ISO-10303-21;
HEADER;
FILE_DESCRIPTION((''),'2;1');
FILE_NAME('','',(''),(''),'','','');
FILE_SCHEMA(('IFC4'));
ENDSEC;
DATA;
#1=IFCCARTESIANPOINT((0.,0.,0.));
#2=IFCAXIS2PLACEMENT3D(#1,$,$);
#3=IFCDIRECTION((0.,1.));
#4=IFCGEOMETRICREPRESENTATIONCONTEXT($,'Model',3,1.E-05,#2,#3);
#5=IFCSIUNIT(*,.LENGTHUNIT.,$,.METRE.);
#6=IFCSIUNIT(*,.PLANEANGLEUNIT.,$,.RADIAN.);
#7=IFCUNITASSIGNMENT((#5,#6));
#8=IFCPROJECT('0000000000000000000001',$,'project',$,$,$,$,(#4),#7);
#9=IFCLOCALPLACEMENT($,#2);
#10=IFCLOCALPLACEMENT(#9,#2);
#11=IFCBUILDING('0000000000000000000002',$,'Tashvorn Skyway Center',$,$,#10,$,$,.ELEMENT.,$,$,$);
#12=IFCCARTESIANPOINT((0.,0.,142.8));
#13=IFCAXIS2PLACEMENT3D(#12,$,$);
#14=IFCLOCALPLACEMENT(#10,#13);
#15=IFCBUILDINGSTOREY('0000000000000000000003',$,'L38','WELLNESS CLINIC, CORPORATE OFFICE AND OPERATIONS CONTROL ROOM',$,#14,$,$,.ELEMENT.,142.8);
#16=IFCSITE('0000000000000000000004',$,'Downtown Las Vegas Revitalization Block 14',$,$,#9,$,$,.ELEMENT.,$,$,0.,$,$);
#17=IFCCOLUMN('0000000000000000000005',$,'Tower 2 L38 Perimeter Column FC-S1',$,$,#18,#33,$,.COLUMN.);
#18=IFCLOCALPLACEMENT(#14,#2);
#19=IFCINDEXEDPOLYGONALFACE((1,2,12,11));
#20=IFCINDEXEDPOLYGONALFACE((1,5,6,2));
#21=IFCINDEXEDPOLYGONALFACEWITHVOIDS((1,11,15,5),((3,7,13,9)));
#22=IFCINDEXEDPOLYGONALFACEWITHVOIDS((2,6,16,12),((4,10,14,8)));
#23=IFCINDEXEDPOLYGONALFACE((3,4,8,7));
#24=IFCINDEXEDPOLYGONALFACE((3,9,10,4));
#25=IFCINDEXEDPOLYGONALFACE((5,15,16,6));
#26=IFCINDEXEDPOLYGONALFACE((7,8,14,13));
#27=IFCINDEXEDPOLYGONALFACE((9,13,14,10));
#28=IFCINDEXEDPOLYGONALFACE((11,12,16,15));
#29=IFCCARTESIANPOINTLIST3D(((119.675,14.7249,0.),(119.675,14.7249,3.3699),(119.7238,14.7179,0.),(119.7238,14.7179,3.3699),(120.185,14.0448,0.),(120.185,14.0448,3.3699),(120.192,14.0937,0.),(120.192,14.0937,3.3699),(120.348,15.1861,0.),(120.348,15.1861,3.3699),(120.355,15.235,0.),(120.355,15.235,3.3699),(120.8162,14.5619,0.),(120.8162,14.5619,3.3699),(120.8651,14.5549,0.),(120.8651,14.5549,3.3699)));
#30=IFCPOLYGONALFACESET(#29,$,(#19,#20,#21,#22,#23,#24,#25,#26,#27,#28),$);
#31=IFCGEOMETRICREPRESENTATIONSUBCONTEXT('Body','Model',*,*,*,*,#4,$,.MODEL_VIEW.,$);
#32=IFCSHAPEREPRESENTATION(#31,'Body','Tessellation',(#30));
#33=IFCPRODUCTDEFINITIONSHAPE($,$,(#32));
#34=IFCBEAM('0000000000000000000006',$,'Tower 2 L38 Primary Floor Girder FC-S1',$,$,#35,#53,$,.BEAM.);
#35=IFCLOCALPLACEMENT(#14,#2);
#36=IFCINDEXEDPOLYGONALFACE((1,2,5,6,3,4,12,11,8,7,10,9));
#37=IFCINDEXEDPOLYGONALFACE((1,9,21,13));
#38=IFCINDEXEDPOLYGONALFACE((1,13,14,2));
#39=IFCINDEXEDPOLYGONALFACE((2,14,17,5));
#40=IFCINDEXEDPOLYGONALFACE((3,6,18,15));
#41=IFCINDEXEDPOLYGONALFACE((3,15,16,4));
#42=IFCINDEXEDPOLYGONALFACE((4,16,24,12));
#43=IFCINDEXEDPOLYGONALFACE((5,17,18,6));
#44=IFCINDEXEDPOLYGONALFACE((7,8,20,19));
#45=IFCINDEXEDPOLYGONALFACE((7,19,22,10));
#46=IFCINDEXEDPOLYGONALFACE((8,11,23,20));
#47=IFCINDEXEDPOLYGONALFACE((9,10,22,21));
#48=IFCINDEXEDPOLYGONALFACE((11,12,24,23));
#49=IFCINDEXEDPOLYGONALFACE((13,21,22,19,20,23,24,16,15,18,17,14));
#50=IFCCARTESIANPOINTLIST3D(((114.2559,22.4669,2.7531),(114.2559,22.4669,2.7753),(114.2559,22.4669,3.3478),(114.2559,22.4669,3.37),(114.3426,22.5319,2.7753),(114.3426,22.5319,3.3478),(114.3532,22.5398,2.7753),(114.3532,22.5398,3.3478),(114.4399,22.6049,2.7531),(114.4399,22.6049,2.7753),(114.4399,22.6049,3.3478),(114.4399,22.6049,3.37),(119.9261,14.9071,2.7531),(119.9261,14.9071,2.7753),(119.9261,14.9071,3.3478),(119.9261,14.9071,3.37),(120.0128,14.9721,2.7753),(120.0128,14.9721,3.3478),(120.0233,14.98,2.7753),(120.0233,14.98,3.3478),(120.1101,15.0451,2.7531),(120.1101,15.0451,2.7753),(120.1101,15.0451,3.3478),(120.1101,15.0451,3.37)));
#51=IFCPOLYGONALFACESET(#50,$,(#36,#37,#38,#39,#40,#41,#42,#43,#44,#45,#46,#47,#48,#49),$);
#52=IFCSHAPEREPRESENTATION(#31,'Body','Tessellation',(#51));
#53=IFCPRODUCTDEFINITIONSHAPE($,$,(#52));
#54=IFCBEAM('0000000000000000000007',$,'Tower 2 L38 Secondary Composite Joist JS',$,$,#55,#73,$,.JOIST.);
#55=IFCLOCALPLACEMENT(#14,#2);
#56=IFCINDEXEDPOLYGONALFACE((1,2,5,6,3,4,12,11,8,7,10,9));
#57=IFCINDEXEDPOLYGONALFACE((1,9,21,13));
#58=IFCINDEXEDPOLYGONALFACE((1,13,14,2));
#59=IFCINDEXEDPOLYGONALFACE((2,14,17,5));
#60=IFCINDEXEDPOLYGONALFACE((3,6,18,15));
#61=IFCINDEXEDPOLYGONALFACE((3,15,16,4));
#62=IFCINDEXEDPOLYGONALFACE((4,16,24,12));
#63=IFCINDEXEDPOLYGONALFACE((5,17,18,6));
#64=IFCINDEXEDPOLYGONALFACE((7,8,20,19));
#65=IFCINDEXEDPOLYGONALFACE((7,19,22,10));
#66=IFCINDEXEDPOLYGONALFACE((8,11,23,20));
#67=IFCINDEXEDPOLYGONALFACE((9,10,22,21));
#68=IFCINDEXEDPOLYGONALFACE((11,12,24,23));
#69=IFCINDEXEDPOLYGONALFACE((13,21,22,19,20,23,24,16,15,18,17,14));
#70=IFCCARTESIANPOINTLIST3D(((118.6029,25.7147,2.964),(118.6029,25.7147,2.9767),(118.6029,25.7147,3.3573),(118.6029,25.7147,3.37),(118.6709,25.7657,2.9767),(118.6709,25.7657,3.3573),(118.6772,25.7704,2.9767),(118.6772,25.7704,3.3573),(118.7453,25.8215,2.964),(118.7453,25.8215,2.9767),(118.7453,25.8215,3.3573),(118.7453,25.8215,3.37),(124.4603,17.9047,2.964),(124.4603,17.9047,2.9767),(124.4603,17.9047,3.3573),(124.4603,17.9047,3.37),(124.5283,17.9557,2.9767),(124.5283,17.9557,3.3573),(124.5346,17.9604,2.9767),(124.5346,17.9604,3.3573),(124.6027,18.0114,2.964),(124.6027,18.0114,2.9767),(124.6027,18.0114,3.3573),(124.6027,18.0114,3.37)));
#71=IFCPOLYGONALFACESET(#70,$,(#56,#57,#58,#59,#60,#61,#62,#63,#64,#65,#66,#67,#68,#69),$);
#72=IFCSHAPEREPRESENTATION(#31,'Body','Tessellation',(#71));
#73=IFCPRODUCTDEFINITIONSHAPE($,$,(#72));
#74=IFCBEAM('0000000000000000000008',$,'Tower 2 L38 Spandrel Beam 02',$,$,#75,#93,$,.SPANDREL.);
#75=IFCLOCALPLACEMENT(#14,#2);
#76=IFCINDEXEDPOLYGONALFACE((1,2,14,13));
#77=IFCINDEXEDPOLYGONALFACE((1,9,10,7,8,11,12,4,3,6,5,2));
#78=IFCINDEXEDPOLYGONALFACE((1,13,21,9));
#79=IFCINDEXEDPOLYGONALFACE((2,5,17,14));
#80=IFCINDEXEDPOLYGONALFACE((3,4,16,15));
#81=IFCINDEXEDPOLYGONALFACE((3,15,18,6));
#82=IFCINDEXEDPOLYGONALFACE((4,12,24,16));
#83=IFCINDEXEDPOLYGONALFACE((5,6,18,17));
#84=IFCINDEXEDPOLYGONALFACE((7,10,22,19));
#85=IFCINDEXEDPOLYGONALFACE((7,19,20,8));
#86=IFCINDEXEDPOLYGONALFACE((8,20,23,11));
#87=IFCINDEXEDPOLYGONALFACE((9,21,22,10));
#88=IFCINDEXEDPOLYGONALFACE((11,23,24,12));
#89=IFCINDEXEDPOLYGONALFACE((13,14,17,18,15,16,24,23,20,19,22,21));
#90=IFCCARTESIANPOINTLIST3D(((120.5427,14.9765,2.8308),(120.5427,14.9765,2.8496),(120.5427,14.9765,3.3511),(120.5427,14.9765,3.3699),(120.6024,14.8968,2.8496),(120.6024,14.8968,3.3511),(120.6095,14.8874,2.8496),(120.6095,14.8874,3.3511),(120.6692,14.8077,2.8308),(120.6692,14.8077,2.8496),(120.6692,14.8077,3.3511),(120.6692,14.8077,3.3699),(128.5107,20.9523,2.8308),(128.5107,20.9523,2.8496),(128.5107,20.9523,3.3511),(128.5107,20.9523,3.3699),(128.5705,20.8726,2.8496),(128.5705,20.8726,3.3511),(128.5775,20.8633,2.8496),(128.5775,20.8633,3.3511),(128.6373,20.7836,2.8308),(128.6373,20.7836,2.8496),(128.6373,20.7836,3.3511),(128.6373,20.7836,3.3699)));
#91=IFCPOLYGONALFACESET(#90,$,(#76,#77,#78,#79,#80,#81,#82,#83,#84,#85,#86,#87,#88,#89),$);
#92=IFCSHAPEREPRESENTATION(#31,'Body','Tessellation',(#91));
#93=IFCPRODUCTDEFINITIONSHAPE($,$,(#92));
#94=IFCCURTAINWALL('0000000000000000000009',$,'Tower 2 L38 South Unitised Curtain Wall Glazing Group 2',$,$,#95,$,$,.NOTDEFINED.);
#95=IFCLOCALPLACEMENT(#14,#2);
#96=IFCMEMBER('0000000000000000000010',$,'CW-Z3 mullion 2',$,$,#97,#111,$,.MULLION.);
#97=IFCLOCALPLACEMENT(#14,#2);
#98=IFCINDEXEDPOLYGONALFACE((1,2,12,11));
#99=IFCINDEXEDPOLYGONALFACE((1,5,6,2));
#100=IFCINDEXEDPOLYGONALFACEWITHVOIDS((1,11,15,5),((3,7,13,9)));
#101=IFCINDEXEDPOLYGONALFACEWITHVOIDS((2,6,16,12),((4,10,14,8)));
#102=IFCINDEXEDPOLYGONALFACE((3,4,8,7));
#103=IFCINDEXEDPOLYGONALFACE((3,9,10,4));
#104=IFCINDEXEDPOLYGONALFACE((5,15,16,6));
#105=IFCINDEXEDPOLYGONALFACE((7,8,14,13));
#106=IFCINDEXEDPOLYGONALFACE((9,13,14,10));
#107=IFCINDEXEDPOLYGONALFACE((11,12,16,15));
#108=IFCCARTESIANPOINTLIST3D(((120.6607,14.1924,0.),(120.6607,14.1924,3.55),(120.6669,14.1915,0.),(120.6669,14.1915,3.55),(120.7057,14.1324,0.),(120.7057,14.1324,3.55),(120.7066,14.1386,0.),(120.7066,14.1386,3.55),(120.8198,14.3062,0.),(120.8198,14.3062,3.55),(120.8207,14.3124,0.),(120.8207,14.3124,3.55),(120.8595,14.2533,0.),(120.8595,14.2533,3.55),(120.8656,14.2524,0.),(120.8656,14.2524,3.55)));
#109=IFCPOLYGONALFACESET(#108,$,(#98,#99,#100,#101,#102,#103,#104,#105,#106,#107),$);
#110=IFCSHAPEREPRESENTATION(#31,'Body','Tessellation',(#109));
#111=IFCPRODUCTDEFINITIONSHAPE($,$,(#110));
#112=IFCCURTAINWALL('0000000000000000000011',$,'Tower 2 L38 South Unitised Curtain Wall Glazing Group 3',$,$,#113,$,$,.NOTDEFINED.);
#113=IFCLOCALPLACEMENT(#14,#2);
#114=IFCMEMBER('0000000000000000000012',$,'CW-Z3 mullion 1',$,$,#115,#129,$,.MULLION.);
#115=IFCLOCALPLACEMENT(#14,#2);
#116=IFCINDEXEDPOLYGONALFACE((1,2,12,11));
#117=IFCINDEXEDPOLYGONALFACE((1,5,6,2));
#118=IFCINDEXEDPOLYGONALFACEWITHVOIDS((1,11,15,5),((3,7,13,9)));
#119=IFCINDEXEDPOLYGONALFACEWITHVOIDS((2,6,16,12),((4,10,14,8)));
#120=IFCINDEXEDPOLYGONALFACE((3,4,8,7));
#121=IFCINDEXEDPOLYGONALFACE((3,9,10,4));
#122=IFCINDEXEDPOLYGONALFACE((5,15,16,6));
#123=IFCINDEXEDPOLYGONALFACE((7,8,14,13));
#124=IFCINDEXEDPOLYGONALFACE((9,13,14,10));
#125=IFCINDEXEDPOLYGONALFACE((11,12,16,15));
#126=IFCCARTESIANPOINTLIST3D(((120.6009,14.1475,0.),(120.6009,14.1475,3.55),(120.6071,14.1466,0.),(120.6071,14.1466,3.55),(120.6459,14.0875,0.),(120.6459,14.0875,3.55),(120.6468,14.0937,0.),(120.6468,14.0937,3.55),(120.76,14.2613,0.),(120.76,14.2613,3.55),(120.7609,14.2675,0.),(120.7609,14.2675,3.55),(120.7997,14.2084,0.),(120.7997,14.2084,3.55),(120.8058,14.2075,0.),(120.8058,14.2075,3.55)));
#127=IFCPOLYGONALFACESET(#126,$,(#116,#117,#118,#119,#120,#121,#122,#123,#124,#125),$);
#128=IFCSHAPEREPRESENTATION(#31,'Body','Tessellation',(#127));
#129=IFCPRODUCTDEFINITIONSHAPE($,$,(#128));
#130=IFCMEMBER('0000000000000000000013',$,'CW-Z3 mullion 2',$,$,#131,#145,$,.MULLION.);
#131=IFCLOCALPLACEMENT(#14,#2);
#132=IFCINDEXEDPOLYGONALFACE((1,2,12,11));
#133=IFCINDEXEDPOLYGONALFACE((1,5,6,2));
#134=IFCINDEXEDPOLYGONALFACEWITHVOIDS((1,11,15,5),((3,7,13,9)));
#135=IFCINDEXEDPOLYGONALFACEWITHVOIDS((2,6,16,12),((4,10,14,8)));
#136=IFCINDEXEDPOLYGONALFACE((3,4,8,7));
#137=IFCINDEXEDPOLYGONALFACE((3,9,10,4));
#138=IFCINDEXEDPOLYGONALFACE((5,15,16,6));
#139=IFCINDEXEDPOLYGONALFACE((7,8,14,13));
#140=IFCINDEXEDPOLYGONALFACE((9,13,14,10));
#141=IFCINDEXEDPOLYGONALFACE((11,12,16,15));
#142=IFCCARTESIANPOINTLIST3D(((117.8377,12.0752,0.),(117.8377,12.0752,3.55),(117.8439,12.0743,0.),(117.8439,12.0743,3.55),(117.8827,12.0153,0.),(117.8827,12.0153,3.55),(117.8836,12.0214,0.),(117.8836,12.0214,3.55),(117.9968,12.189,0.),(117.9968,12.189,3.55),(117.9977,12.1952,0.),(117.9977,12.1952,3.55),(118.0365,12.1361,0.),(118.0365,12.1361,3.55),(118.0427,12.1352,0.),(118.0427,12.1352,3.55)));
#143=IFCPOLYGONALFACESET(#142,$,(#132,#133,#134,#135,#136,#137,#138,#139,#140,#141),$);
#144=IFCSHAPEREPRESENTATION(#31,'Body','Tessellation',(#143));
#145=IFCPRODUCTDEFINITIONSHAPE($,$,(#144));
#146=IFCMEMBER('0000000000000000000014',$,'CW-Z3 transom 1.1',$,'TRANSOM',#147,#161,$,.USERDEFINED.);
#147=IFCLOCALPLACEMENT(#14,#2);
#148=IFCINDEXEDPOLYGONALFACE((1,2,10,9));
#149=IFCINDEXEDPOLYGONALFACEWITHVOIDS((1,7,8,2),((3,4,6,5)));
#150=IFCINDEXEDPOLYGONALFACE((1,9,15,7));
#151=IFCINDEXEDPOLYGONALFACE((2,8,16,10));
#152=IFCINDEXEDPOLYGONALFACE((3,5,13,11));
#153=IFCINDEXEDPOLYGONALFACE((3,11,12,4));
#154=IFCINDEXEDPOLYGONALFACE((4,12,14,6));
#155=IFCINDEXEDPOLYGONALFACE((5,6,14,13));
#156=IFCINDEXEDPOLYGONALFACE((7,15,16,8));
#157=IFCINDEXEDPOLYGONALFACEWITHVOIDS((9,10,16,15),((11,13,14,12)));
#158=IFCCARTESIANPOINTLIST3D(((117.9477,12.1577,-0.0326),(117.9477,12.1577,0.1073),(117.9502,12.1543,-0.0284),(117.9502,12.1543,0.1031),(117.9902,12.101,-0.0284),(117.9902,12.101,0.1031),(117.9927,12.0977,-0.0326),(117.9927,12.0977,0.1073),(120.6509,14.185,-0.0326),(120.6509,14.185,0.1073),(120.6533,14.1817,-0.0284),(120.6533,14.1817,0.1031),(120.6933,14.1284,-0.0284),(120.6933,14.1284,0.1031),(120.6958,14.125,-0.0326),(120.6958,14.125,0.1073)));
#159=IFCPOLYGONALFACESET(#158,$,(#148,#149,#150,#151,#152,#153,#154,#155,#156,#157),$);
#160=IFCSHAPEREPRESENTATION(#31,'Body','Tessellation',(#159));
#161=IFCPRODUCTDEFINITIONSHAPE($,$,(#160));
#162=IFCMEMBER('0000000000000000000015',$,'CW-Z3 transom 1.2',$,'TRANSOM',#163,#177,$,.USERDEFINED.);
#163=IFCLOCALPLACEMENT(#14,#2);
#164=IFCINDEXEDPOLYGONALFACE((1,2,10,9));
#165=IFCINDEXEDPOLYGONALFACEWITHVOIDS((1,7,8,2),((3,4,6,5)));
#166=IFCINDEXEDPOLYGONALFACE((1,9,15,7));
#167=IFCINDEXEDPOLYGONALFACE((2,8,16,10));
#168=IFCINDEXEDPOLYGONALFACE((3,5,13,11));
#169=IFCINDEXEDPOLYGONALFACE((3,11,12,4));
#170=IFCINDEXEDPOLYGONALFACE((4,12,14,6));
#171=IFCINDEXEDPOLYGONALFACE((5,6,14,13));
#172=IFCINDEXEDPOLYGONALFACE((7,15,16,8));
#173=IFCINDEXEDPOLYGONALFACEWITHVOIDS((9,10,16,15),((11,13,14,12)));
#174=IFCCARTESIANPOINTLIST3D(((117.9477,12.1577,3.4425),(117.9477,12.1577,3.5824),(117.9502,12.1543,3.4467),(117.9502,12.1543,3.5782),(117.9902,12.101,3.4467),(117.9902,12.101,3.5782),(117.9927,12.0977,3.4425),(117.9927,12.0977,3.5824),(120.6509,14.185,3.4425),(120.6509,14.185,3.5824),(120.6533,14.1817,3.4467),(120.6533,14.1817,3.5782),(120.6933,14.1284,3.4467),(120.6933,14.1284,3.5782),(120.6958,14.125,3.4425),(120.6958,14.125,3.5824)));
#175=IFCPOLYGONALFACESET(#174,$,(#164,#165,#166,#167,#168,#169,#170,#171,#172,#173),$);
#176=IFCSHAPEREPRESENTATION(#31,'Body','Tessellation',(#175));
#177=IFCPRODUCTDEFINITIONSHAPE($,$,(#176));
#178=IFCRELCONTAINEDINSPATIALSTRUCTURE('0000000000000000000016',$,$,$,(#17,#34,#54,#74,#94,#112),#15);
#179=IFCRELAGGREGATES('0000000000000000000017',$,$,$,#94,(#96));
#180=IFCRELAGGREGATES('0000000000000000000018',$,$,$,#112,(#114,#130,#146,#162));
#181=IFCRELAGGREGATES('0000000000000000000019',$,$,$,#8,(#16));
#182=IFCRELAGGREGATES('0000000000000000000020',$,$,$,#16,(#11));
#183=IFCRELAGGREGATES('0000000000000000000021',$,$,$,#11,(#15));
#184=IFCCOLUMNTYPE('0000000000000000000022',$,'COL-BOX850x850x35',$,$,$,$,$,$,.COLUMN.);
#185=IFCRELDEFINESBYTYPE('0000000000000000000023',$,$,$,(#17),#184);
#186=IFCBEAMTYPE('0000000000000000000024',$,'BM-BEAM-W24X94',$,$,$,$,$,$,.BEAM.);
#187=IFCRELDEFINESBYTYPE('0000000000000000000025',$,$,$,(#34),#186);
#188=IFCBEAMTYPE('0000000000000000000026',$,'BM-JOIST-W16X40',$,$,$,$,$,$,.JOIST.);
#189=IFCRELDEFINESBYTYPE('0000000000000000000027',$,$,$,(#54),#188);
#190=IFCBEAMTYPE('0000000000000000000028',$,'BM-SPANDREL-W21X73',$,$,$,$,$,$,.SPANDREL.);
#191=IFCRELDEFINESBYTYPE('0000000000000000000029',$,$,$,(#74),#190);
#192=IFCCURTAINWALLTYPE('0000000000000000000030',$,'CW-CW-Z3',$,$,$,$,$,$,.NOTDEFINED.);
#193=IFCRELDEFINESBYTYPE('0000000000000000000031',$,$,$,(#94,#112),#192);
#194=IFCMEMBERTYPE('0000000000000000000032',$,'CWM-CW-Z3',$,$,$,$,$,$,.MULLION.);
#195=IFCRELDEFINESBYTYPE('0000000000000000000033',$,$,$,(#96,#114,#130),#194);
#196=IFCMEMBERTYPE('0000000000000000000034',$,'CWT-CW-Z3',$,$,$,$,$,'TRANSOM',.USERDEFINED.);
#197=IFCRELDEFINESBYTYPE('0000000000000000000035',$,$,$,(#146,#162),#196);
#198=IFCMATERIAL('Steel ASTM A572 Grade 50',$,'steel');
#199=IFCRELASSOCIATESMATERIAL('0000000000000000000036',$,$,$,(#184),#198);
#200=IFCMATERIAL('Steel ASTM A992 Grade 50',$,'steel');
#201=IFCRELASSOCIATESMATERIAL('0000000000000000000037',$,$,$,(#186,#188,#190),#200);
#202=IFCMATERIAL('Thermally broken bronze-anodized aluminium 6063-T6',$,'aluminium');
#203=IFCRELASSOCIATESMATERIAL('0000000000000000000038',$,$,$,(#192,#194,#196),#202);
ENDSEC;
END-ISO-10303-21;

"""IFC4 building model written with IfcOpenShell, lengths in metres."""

from ifc_helpers import new_model, si_unit, direction, frame, origin, origin_2d, place, context, subcontext, project, spatial, hollow_rectangle, i_section, extrude, material, material_profile, profile_set, type_object, element, aggregate, save


model = new_model("IFC4")

# Units and contexts
model_context = context("Model", 3, precision=1e-05, world=origin(), true_north=direction((0.0, 1.0)))
body_context = subcontext(model_context, "Body", "Model", "MODEL_VIEW")
ifc_project = project(units=[si_unit("LENGTHUNIT", "METRE"), si_unit("PLANEANGLEUNIT", "RADIAN")], contexts=[model_context])

# Site, building, storey
site_placement = place(None, origin())
site = spatial("IfcSite", under=ifc_project, at=site_placement, Name="Downtown Las Vegas Revitalization Block 14", CompositionType="ELEMENT", RefElevation=0.0)
building_placement = place(site_placement, origin())
building = spatial("IfcBuilding", under=site, at=building_placement, Name="Tashvorn Skyway Center", CompositionType="ELEMENT")
storey_placement = place(building_placement, frame((0.0, 0.0, 142.8)))
storey = spatial("IfcBuildingStorey", under=building, at=storey_placement, Name="L38", Description="WELLNESS CLINIC, CORPORATE OFFICE AND OPERATIONS CONTROL ROOM", CompositionType="ELEMENT", Elevation=142.8)

# Column
ifc_material_1 = material(Name="Steel ASTM A572 Grade 50", Category="steel")
ifc_material_profile_1 = material_profile(ifc_material_1, hollow_rectangle(XDim=0.8501, YDim=0.8501, WallThickness=0.0349, at=origin_2d()), Name="BOX850x850x35")
ifc_profile_set_1 = profile_set([ifc_material_profile_1], Name="Steel ASTM A572 Grade 50")
column_type = type_object("IfcColumnType", Name="COL-BOX850x850x35", PredefinedType="COLUMN", material=ifc_profile_set_1)
column_placement = place(storey_placement, frame((120.27, 14.6399, 0.0), z_axis=(0.0, 0.0, 1.0), x_axis=(0.8, 0.6, 0.0)))
element("IfcColumn", 1, at=column_placement, inside=storey, type_object=column_type, Name="Tower 2 L38 Perimeter Column FC-S1", PredefinedType="COLUMN", context=body_context, shape_type="SweptSolid", body=[
    extrude(hollow_rectangle(XDim=0.8501, YDim=0.8501, WallThickness=0.0349, at=origin_2d()), origin(), (0.0, 0.0, 1.0), 3.3699),
])

# Beams
ifc_material_2 = material(Name="Steel ASTM A992 Grade 50", Category="steel")
ifc_material_profile_2 = material_profile(ifc_material_2, i_section(OverallWidth=0.23, OverallDepth=0.6169, WebThickness=0.0132, FlangeThickness=0.0222, at=origin_2d()), Name="W24X94")
ifc_profile_set_2 = profile_set([ifc_material_profile_2], Name="Steel ASTM A992 Grade 50")
beam_type_1 = type_object("IfcBeamType", Name="BM-BEAM-W24X94", PredefinedType="BEAM", material=ifc_profile_set_2)
beam_1_placement = place(storey_placement, frame((120.0181, 14.9761, 3.0615), z_axis=(-0.600021, 0.799984, 0.0), x_axis=(-0.799984, -0.600021, 0.0)))
element("IfcBeam", 2, at=beam_1_placement, inside=storey, type_object=beam_type_1, Name="Tower 2 L38 Primary Floor Girder FC-S1", PredefinedType="BEAM", context=body_context, shape_type="SweptSolid", body=[
    extrude(i_section(OverallWidth=0.23, OverallDepth=0.6169, WebThickness=0.0132, FlangeThickness=0.0222, at=origin_2d()), origin(), (0.0, 0.0, 1.0), 9.45),
])
ifc_material_profile_3 = material_profile(ifc_material_2, i_section(OverallWidth=0.178, OverallDepth=0.406, WebThickness=0.0078, FlangeThickness=0.0127, at=origin_2d()), Name="W16X40")
ifc_profile_set_3 = profile_set([ifc_material_profile_3], Name="Steel ASTM A992 Grade 50")
beam_type_2 = type_object("IfcBeamType", Name="BM-JOIST-W16X40", PredefinedType="JOIST", material=ifc_profile_set_3)
beam_2_placement = place(storey_placement, frame((118.6741, 25.7681, 3.167), z_axis=(0.599992, -0.800006, 0.0), x_axis=(0.800006, 0.599992, 0.0)))
element("IfcBeam", 3, at=beam_2_placement, inside=storey, type_object=beam_type_2, Name="Tower 2 L38 Secondary Composite Joist JS", PredefinedType="JOIST", context=body_context, shape_type="SweptSolid", body=[
    extrude(i_section(OverallWidth=0.178, OverallDepth=0.406, WebThickness=0.0078, FlangeThickness=0.0127, at=origin_2d()), origin(), (0.0, 0.0, 1.0), 9.7625),
])
ifc_material_profile_4 = material_profile(ifc_material_2, i_section(OverallWidth=0.2109, OverallDepth=0.5391, WebThickness=0.0117, FlangeThickness=0.0188, at=origin_2d()), Name="W21X73")
ifc_profile_set_4 = profile_set([ifc_material_profile_4], Name="Steel ASTM A992 Grade 50")
beam_type_3 = type_object("IfcBeamType", Name="BM-SPANDREL-W21X73", PredefinedType="SPANDREL", material=ifc_profile_set_4)
beam_3_placement = place(storey_placement, frame((120.606, 14.8921, 3.1003), z_axis=(0.800009, 0.599988, 0.0), x_axis=(-0.599988, 0.800009, 0.0)))
element("IfcBeam", 4, at=beam_3_placement, inside=storey, type_object=beam_type_3, Name="Tower 2 L38 Spandrel Beam 02", PredefinedType="SPANDREL", context=body_context, shape_type="SweptSolid", body=[
    extrude(i_section(OverallWidth=0.2109, OverallDepth=0.5391, WebThickness=0.0117, FlangeThickness=0.0188, at=origin_2d()), origin(), (0.0, 0.0, 1.0), 9.96),
])

# Curtain wall, member
ifc_material_3 = material(Name="Thermally broken bronze-anodized aluminium 6063-T6", Category="aluminium")
curtain_wall_type = type_object("IfcCurtainWallType", Name="CW-CW-Z3", PredefinedType="NOTDEFINED", material=ifc_material_3)
curtain_wall_1_placement = place(storey_placement, origin())
curtain_wall_1 = element("IfcCurtainWall", 5, at=curtain_wall_1_placement, inside=storey, type_object=curtain_wall_type, Name="Tower 2 L38 South Unitised Curtain Wall Glazing Group 2", PredefinedType="NOTDEFINED")
ifc_material_profile_5 = material_profile(ifc_material_3, hollow_rectangle(XDim=0.075, YDim=0.2, WallThickness=0.0044, at=origin_2d()), Name="ALU-MULL-75x200")
ifc_profile_set_5 = profile_set([ifc_material_profile_5], Name="Thermally broken bronze-anodized aluminium 6063-T6")
member_type_1 = type_object("IfcMemberType", Name="CWM-CW-Z3", PredefinedType="MULLION", material=ifc_profile_set_5)
member_1_placement = place(storey_placement, frame((120.7632, 14.2224, 0.0), z_axis=(0.0, 0.0, 1.0), x_axis=(0.599997, -0.800002, 0.0)))
member_1 = element("IfcMember", 6, at=member_1_placement, type_object=member_type_1, Name="CW-Z3 mullion 2", PredefinedType="MULLION", context=body_context, shape_type="SweptSolid", body=[
    extrude(hollow_rectangle(XDim=0.075, YDim=0.2, WallThickness=0.0044, at=origin_2d()), origin(), (0.0, 0.0, 1.0), 3.55),
])
aggregate(curtain_wall_1, [member_1])

# Curtain wall, members
curtain_wall_2_placement = place(storey_placement, origin())
curtain_wall_2 = element("IfcCurtainWall", 7, at=curtain_wall_2_placement, inside=storey, type_object=curtain_wall_type, Name="Tower 2 L38 South Unitised Curtain Wall Glazing Group 3", PredefinedType="NOTDEFINED")
member_2_placement = place(storey_placement, frame((120.7034, 14.1775, 0.0), z_axis=(0.0, 0.0, 1.0), x_axis=(0.599995, -0.800003, 0.0)))
member_2 = element("IfcMember", 8, at=member_2_placement, type_object=member_type_1, Name="CW-Z3 mullion 1", PredefinedType="MULLION", context=body_context, shape_type="SweptSolid", body=[
    extrude(hollow_rectangle(XDim=0.075, YDim=0.2, WallThickness=0.0044, at=origin_2d()), origin(), (0.0, 0.0, 1.0), 3.55),
])
member_3_placement = place(storey_placement, frame((117.9402, 12.1052, 0.0), z_axis=(0.0, 0.0, 1.0), x_axis=(0.599995, -0.800003, 0.0)))
member_3 = element("IfcMember", 9, at=member_3_placement, type_object=member_type_1, Name="CW-Z3 mullion 2", PredefinedType="MULLION", context=body_context, shape_type="SweptSolid", body=[
    extrude(hollow_rectangle(XDim=0.075, YDim=0.2, WallThickness=0.0044, at=origin_2d()), origin(), (0.0, 0.0, 1.0), 3.55),
])
ifc_material_profile_6 = material_profile(ifc_material_3, hollow_rectangle(XDim=0.075, YDim=0.1399, WallThickness=0.0042, at=origin_2d()), Name="ALU-TRAN-75x140")
ifc_profile_set_6 = profile_set([ifc_material_profile_6], Name="Thermally broken bronze-anodized aluminium 6063-T6")
member_type_2 = type_object("IfcMemberType", Name="CWT-CW-Z3", ElementType="TRANSOM", PredefinedType="USERDEFINED", material=ifc_profile_set_6)
member_4_placement = place(storey_placement, frame((120.6733, 14.155, 0.0374), z_axis=(-0.8, -0.6, 0.0), x_axis=(0.6, -0.8, 0.0)))
member_4 = element("IfcMember", 10, at=member_4_placement, type_object=member_type_2, Name="CW-Z3 transom 1.1", ObjectType="TRANSOM", PredefinedType="USERDEFINED", context=body_context, shape_type="SweptSolid", body=[
    extrude(hollow_rectangle(XDim=0.075, YDim=0.1399, WallThickness=0.0042, at=origin_2d()), origin(), (0.0, 0.0, 1.0), 3.3789),
])
member_5_placement = place(storey_placement, frame((120.6733, 14.155, 3.5125), z_axis=(-0.8, -0.6, 0.0), x_axis=(0.6, -0.8, 0.0)))
member_5 = element("IfcMember", 11, at=member_5_placement, type_object=member_type_2, Name="CW-Z3 transom 1.2", ObjectType="TRANSOM", PredefinedType="USERDEFINED", context=body_context, shape_type="SweptSolid", body=[
    extrude(hollow_rectangle(XDim=0.075, YDim=0.1399, WallThickness=0.0042, at=origin_2d()), origin(), (0.0, 0.0, 1.0), 3.3789),
])
aggregate(curtain_wall_2, [member_2, member_3, member_4, member_5])

save(model, "model.ifc")
